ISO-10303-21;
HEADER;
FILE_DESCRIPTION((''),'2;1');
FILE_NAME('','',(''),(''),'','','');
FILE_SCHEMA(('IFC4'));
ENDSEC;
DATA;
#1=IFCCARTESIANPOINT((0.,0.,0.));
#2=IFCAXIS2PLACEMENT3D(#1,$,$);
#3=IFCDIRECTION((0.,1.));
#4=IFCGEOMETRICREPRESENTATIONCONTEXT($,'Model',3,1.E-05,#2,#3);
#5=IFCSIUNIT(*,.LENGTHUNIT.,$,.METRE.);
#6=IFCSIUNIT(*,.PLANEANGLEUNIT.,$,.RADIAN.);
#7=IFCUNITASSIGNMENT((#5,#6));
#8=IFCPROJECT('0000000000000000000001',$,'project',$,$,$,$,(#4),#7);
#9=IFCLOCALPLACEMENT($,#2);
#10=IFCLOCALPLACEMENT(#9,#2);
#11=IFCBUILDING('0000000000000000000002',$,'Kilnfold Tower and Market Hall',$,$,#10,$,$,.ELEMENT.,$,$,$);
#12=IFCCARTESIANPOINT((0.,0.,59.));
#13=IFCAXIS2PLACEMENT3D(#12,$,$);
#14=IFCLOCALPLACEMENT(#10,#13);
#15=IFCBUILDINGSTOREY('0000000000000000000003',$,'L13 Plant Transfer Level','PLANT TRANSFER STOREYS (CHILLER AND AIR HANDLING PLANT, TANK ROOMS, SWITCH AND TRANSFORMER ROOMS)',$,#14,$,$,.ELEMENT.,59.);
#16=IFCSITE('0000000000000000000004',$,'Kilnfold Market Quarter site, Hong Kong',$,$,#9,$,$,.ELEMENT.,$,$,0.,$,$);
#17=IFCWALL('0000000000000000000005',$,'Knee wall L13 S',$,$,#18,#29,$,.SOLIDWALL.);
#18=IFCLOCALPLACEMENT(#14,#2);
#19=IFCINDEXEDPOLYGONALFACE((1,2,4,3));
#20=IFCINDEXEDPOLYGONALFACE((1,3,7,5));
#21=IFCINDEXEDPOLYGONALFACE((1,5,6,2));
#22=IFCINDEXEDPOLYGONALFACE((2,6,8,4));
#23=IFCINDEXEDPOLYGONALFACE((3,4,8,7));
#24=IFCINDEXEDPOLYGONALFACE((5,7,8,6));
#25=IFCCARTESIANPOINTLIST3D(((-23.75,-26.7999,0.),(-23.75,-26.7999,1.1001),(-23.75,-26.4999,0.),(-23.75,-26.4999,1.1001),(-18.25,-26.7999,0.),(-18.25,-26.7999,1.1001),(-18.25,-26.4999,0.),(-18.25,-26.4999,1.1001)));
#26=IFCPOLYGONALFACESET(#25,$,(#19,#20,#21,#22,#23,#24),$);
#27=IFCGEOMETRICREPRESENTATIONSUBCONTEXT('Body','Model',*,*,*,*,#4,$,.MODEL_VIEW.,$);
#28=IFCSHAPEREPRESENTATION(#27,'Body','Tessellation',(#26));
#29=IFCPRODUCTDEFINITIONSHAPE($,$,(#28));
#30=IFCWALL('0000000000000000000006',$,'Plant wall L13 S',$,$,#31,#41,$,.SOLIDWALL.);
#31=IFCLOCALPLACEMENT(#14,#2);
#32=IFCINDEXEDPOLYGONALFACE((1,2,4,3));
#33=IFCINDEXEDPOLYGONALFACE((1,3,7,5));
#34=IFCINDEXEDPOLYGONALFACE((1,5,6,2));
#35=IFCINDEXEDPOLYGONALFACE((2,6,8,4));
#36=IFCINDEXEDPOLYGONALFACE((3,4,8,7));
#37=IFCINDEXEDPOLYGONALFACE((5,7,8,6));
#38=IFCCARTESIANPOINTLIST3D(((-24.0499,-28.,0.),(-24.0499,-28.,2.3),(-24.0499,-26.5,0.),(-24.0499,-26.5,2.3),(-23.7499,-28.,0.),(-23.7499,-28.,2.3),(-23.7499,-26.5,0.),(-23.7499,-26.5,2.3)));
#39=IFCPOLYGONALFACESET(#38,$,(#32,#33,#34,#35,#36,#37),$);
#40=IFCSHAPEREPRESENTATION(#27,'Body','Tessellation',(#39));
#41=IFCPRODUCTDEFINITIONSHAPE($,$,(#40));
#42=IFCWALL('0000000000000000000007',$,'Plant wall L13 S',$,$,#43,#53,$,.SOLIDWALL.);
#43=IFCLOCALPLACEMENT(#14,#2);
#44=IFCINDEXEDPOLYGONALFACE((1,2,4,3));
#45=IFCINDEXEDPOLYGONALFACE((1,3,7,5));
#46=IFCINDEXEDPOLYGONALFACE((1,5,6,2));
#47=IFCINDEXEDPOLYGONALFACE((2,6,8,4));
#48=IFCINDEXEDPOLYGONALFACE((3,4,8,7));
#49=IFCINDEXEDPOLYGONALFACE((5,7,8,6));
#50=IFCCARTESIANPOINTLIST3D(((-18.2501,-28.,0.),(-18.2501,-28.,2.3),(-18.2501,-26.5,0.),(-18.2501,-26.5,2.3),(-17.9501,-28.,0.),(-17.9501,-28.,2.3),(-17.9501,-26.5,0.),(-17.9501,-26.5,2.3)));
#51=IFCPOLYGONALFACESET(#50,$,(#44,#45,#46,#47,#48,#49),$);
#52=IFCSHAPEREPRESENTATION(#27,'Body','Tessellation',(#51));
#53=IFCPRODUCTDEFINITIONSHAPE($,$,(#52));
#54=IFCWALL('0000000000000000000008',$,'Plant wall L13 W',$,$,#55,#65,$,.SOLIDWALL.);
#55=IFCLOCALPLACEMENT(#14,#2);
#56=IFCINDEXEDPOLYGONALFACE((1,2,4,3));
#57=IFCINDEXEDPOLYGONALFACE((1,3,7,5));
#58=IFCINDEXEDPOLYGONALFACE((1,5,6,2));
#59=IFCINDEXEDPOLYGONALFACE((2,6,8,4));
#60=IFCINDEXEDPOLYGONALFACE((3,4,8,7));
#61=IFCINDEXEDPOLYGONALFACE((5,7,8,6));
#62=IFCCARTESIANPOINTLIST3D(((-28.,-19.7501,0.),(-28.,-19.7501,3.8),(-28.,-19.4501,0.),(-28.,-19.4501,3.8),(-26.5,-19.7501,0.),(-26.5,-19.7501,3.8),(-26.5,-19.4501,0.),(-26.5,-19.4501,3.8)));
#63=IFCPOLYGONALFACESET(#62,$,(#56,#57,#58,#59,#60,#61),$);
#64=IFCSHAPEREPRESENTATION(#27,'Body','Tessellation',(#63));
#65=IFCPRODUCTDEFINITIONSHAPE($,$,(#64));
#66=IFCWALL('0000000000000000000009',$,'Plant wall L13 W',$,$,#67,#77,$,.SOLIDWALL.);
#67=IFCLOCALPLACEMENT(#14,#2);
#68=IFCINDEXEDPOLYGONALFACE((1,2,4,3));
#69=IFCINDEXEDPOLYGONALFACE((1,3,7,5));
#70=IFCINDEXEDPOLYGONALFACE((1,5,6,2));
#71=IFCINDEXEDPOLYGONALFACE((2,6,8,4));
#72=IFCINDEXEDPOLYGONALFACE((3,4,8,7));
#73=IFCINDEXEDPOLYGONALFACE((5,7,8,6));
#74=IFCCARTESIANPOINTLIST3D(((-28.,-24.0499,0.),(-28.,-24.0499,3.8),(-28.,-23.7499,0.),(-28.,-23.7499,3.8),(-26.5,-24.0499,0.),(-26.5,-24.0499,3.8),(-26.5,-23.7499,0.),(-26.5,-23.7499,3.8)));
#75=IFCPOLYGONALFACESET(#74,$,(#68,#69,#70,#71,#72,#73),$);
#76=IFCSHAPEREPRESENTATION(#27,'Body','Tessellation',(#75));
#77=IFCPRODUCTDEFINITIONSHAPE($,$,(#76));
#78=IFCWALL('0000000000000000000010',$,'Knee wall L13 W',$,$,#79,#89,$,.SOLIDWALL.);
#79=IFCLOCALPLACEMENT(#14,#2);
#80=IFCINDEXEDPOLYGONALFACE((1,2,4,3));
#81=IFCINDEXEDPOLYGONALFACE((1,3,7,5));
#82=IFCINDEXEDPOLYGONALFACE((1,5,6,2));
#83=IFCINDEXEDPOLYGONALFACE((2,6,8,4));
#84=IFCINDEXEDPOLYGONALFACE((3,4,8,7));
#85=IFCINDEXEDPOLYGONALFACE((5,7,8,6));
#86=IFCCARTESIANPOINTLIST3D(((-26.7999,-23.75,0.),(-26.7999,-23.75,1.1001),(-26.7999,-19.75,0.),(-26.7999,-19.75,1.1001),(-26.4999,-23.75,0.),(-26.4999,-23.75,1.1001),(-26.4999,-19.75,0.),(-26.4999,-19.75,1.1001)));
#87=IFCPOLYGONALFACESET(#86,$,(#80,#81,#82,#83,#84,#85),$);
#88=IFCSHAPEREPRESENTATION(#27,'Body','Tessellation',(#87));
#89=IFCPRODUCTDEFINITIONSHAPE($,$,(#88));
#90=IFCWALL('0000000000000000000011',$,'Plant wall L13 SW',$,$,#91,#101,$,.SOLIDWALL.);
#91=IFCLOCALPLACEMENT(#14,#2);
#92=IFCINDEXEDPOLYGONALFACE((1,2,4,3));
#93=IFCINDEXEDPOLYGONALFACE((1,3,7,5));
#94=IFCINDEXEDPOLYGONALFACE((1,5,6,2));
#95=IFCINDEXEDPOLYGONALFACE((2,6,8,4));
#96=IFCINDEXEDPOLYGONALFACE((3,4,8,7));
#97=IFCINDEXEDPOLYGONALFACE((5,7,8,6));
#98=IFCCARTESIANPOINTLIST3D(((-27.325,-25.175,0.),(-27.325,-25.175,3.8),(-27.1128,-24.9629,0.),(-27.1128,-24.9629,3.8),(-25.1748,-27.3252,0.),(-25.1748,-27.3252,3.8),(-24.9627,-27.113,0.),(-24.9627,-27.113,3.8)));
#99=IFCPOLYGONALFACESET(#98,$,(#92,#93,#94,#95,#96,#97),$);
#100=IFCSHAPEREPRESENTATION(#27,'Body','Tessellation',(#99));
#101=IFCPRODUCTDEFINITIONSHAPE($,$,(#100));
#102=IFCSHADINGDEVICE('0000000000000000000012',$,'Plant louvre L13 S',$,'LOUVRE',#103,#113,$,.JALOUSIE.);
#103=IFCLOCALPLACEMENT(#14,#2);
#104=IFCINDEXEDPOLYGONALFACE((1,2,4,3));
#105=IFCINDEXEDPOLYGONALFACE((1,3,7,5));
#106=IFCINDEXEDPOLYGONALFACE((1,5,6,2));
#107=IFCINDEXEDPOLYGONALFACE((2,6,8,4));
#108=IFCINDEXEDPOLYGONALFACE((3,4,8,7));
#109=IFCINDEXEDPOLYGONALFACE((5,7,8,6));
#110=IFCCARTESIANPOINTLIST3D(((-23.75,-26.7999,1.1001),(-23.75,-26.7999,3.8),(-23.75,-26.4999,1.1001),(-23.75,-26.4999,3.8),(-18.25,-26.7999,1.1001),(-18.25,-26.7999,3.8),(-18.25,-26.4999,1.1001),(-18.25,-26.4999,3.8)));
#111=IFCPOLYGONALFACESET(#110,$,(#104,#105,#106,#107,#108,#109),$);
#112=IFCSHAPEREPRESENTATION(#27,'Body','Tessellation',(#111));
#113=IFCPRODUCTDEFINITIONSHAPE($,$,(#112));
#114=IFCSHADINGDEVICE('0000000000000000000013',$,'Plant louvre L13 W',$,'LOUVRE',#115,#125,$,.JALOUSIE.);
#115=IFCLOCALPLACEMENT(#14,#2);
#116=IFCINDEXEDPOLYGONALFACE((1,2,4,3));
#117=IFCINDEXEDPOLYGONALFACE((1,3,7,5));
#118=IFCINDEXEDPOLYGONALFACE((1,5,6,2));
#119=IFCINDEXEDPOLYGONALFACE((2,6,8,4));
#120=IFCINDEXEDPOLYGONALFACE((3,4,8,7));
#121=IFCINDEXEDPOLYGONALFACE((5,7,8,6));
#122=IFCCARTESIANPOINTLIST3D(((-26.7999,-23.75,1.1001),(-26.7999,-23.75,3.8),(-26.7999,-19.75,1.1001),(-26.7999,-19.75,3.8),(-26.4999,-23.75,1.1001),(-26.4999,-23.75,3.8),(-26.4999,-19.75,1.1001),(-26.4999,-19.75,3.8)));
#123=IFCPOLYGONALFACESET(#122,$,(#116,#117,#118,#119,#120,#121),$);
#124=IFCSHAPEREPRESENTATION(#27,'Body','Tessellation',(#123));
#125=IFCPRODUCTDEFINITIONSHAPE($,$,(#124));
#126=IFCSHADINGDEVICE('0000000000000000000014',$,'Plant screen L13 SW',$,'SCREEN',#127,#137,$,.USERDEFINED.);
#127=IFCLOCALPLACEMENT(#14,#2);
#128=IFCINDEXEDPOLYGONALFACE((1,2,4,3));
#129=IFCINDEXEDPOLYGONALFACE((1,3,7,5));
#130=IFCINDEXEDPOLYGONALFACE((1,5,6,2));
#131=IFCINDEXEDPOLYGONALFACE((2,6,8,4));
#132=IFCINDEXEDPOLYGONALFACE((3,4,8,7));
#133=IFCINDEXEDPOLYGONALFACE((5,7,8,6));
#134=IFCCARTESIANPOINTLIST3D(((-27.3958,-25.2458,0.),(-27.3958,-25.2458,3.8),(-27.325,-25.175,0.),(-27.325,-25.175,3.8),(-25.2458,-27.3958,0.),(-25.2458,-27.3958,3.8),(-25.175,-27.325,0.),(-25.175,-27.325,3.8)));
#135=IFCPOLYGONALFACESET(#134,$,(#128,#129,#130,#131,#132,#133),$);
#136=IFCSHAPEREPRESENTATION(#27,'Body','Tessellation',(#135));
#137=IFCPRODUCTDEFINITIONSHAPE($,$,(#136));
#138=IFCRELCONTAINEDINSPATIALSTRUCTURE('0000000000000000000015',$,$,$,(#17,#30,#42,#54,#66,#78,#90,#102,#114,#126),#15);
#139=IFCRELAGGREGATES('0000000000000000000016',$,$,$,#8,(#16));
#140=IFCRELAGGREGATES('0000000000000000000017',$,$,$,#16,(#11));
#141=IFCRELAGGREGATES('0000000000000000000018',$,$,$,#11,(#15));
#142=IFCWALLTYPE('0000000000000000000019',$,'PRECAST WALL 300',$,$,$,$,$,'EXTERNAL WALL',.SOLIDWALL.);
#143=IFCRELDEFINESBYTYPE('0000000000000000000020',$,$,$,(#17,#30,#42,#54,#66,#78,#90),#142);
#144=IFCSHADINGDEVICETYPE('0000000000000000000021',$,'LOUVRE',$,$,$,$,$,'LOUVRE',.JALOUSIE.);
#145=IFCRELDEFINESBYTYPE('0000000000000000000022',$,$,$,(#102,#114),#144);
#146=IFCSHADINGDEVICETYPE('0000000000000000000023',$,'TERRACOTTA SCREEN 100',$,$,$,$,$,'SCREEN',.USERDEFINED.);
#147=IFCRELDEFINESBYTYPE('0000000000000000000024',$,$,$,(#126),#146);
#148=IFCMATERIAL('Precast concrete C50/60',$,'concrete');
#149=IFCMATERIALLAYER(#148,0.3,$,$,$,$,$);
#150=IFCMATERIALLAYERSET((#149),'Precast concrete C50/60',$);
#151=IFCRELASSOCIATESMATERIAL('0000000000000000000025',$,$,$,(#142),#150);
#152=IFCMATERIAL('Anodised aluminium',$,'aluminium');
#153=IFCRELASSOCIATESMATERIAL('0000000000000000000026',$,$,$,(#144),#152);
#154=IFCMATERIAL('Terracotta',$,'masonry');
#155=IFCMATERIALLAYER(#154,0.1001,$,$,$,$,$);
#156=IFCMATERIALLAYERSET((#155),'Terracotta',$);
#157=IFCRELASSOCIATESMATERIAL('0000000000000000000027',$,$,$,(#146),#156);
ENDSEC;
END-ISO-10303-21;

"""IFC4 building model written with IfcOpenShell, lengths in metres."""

from ifc_helpers import new_model, si_unit, direction, frame, frame_2d, origin, origin_2d, place, context, subcontext, project, spatial, rectangle, extrude, source, transform, mapped, material, layer, layer_set, type_object, element, save


model = new_model("IFC4")

# Units and contexts
model_context = context("Model", 3, precision=1e-05, world=origin(), true_north=direction((0.0, 1.0)))
body_context = subcontext(model_context, "Body", "Model", "MODEL_VIEW")
ifc_project = project(units=[si_unit("LENGTHUNIT", "METRE"), si_unit("PLANEANGLEUNIT", "RADIAN")], contexts=[model_context])

# Site, building, storey
site_placement = place(None, origin())
site = spatial("IfcSite", under=ifc_project, at=site_placement, Name="Kilnfold Market Quarter site, Hong Kong", CompositionType="ELEMENT", RefElevation=0.0)
building_placement = place(site_placement, origin())
building = spatial("IfcBuilding", under=site, at=building_placement, Name="Kilnfold Tower and Market Hall", CompositionType="ELEMENT")
storey_placement = place(building_placement, frame((0.0, 0.0, 59.0)))
storey = spatial("IfcBuildingStorey", under=building, at=storey_placement, Name="L13 Plant Transfer Level", Description="PLANT TRANSFER STOREYS (CHILLER AND AIR HANDLING PLANT, TANK ROOMS, SWITCH AND TRANSFORMER ROOMS)", CompositionType="ELEMENT", Elevation=59.0)

# Walls
ifc_material_1 = material(Name="Precast concrete C50/60", Category="concrete")
ifc_layer_1 = layer(ifc_material_1, 0.3)
ifc_layer_set_1 = layer_set([ifc_layer_1], Name="Precast concrete C50/60")
wall_type_1 = type_object("IfcWallType", Name="PRECAST WALL 300", ElementType="EXTERNAL WALL", PredefinedType="SOLIDWALL", material=ifc_layer_set_1)
shared_shape_1 = source(origin(), body_context, "Body", "SweptSolid", [
    extrude(rectangle(XDim=5.5, YDim=0.3, at=frame_2d((2.75, 0.0))), origin(), (0.0, 0.0, 1.0), 1.1001),
])
wall_1_placement = place(storey_placement, frame((-23.75, -26.6499, 0.0), z_axis=(0.0, 0.0, 1.0), x_axis=(1.0, 0.0, 0.0)))
element("IfcWall", 1, at=wall_1_placement, inside=storey, type_object=wall_type_1, Name="Knee wall L13 S", PredefinedType="SOLIDWALL", context=body_context, shape_type="MappedRepresentation", body=[
    mapped(shared_shape_1, transform((0.0, 0.0, 0.0))),
])
shared_shape_2 = source(origin(), body_context, "Body", "SweptSolid", [
    extrude(rectangle(XDim=1.5, YDim=0.3, at=frame_2d((0.75, 0.0))), origin(), (0.0, 0.0, 1.0), 2.3),
])
for number, where, z_axis, x_axis, name in (
    (2, (-23.8999, -28.0, 0.0), (0.0, 0.0, 1.0), (0.0, 1.0, 0.0), "Plant wall L13 S"),
    (3, (-18.1001, -28.0, 0.0), (0.0, 0.0, 1.0), (0.0, 1.0, 0.0), "Plant wall L13 S"),
):
    element("IfcWall", number, at=place(storey_placement, frame(where, z_axis=z_axis, x_axis=x_axis)), inside=storey, type_object=wall_type_1, Name=name, PredefinedType="SOLIDWALL", context=body_context, shape_type="MappedRepresentation", body=[
        mapped(shared_shape_2, transform((0.0, 0.0, 0.0))),
    ])
shared_shape_3 = source(origin(), body_context, "Body", "SweptSolid", [
    extrude(rectangle(XDim=1.5, YDim=0.3, at=frame_2d((0.75, 0.0))), origin(), (0.0, 0.0, 1.0), 3.8),
])
for number, where, z_axis, x_axis, name in (
    (4, (-28.0, -19.6001, 0.0), (0.0, 0.0, 1.0), (1.0, 0.0, 0.0), "Plant wall L13 W"),
    (5, (-28.0, -23.8999, 0.0), (0.0, 0.0, 1.0), (1.0, 0.0, 0.0), "Plant wall L13 W"),
):
    element("IfcWall", number, at=place(storey_placement, frame(where, z_axis=z_axis, x_axis=x_axis)), inside=storey, type_object=wall_type_1, Name=name, PredefinedType="SOLIDWALL", context=body_context, shape_type="MappedRepresentation", body=[
        mapped(shared_shape_3, transform((0.0, 0.0, 0.0))),
    ])
shared_shape_4 = source(origin(), body_context, "Body", "SweptSolid", [
    extrude(rectangle(XDim=4.0, YDim=0.3, at=frame_2d((2.0, 0.0))), origin(), (0.0, 0.0, 1.0), 1.1001),
])
wall_2_placement = place(storey_placement, frame((-26.6499, -19.75, 0.0), z_axis=(0.0, 0.0, 1.0), x_axis=(0.0, -1.0, 0.0)))
element("IfcWall", 6, at=wall_2_placement, inside=storey, type_object=wall_type_1, Name="Knee wall L13 W", PredefinedType="SOLIDWALL", context=body_context, shape_type="MappedRepresentation", body=[
    mapped(shared_shape_4, transform((0.0, 0.0, 0.0))),
])
shared_shape_5 = source(origin(), body_context, "Body", "SweptSolid", [
    extrude(rectangle(XDim=3.0408, YDim=0.3, at=frame_2d((1.5205, 0.0))), origin(), (0.0, 0.0, 1.0), 3.8),
])
wall_3_placement = place(storey_placement, frame((-27.219, -25.0688, 0.0), z_axis=(0.0, 0.0, 1.0), x_axis=(0.707107, -0.707107, 0.0)))
element("IfcWall", 7, at=wall_3_placement, inside=storey, type_object=wall_type_1, Name="Plant wall L13 SW", PredefinedType="SOLIDWALL", context=body_context, shape_type="MappedRepresentation", body=[
    mapped(shared_shape_5, transform((0.0, 0.0, 0.0))),
])

# Shading devices
ifc_material_2 = material(Name="Anodised aluminium", Category="aluminium")
shading_device_type_1 = type_object("IfcShadingDeviceType", Name="LOUVRE", ElementType="LOUVRE", PredefinedType="JALOUSIE", material=ifc_material_2)
shared_shape_6 = source(origin(), body_context, "Body", "SweptSolid", [
    extrude(rectangle(XDim=5.5, YDim=0.3, at=origin_2d()), origin(), (0.0, 0.0, 1.0), 2.7),
])
shading_device_1_placement = place(storey_placement, frame((-21.0, -26.6499, 1.1001), z_axis=(0.0, 0.0, 1.0), x_axis=(1.0, 0.0, 0.0)))
element("IfcShadingDevice", 8, at=shading_device_1_placement, inside=storey, type_object=shading_device_type_1, Name="Plant louvre L13 S", ObjectType="LOUVRE", PredefinedType="JALOUSIE", context=body_context, shape_type="MappedRepresentation", body=[
    mapped(shared_shape_6, transform((0.0, 0.0, 0.0))),
])
shared_shape_7 = source(origin(), body_context, "Body", "SweptSolid", [
    extrude(rectangle(XDim=4.0, YDim=0.3, at=origin_2d()), origin(), (0.0, 0.0, 1.0), 2.7),
])
shading_device_2_placement = place(storey_placement, frame((-26.6499, -21.75, 1.1001), z_axis=(0.0, 0.0, 1.0), x_axis=(0.0, -1.0, 0.0)))
element("IfcShadingDevice", 9, at=shading_device_2_placement, inside=storey, type_object=shading_device_type_1, Name="Plant louvre L13 W", ObjectType="LOUVRE", PredefinedType="JALOUSIE", context=body_context, shape_type="MappedRepresentation", body=[
    mapped(shared_shape_7, transform((0.0, 0.0, 0.0))),
])
ifc_material_3 = material(Name="Terracotta", Category="masonry")
ifc_layer_2 = layer(ifc_material_3, 0.1001)
ifc_layer_set_2 = layer_set([ifc_layer_2], Name="Terracotta")
shading_device_type_2 = type_object("IfcShadingDeviceType", Name="TERRACOTTA SCREEN 100", ElementType="SCREEN", PredefinedType="USERDEFINED", material=ifc_layer_set_2)
shared_shape_8 = source(origin(), body_context, "Body", "SweptSolid", [
    extrude(rectangle(XDim=3.0405, YDim=0.1001, at=origin_2d()), origin(), (0.0, 0.0, 1.0), 3.8),
])
shading_device_3_placement = place(storey_placement, frame((-26.2854, -26.2854, 0.0), z_axis=(0.0, 0.0, 1.0), x_axis=(0.707107, -0.707107, 0.0)))
element("IfcShadingDevice", 10, at=shading_device_3_placement, inside=storey, type_object=shading_device_type_2, Name="Plant screen L13 SW", ObjectType="SCREEN", PredefinedType="USERDEFINED", context=body_context, shape_type="MappedRepresentation", body=[
    mapped(shared_shape_8, transform((0.0, 0.0, 0.0))),
])

save(model, "model.ifc")
